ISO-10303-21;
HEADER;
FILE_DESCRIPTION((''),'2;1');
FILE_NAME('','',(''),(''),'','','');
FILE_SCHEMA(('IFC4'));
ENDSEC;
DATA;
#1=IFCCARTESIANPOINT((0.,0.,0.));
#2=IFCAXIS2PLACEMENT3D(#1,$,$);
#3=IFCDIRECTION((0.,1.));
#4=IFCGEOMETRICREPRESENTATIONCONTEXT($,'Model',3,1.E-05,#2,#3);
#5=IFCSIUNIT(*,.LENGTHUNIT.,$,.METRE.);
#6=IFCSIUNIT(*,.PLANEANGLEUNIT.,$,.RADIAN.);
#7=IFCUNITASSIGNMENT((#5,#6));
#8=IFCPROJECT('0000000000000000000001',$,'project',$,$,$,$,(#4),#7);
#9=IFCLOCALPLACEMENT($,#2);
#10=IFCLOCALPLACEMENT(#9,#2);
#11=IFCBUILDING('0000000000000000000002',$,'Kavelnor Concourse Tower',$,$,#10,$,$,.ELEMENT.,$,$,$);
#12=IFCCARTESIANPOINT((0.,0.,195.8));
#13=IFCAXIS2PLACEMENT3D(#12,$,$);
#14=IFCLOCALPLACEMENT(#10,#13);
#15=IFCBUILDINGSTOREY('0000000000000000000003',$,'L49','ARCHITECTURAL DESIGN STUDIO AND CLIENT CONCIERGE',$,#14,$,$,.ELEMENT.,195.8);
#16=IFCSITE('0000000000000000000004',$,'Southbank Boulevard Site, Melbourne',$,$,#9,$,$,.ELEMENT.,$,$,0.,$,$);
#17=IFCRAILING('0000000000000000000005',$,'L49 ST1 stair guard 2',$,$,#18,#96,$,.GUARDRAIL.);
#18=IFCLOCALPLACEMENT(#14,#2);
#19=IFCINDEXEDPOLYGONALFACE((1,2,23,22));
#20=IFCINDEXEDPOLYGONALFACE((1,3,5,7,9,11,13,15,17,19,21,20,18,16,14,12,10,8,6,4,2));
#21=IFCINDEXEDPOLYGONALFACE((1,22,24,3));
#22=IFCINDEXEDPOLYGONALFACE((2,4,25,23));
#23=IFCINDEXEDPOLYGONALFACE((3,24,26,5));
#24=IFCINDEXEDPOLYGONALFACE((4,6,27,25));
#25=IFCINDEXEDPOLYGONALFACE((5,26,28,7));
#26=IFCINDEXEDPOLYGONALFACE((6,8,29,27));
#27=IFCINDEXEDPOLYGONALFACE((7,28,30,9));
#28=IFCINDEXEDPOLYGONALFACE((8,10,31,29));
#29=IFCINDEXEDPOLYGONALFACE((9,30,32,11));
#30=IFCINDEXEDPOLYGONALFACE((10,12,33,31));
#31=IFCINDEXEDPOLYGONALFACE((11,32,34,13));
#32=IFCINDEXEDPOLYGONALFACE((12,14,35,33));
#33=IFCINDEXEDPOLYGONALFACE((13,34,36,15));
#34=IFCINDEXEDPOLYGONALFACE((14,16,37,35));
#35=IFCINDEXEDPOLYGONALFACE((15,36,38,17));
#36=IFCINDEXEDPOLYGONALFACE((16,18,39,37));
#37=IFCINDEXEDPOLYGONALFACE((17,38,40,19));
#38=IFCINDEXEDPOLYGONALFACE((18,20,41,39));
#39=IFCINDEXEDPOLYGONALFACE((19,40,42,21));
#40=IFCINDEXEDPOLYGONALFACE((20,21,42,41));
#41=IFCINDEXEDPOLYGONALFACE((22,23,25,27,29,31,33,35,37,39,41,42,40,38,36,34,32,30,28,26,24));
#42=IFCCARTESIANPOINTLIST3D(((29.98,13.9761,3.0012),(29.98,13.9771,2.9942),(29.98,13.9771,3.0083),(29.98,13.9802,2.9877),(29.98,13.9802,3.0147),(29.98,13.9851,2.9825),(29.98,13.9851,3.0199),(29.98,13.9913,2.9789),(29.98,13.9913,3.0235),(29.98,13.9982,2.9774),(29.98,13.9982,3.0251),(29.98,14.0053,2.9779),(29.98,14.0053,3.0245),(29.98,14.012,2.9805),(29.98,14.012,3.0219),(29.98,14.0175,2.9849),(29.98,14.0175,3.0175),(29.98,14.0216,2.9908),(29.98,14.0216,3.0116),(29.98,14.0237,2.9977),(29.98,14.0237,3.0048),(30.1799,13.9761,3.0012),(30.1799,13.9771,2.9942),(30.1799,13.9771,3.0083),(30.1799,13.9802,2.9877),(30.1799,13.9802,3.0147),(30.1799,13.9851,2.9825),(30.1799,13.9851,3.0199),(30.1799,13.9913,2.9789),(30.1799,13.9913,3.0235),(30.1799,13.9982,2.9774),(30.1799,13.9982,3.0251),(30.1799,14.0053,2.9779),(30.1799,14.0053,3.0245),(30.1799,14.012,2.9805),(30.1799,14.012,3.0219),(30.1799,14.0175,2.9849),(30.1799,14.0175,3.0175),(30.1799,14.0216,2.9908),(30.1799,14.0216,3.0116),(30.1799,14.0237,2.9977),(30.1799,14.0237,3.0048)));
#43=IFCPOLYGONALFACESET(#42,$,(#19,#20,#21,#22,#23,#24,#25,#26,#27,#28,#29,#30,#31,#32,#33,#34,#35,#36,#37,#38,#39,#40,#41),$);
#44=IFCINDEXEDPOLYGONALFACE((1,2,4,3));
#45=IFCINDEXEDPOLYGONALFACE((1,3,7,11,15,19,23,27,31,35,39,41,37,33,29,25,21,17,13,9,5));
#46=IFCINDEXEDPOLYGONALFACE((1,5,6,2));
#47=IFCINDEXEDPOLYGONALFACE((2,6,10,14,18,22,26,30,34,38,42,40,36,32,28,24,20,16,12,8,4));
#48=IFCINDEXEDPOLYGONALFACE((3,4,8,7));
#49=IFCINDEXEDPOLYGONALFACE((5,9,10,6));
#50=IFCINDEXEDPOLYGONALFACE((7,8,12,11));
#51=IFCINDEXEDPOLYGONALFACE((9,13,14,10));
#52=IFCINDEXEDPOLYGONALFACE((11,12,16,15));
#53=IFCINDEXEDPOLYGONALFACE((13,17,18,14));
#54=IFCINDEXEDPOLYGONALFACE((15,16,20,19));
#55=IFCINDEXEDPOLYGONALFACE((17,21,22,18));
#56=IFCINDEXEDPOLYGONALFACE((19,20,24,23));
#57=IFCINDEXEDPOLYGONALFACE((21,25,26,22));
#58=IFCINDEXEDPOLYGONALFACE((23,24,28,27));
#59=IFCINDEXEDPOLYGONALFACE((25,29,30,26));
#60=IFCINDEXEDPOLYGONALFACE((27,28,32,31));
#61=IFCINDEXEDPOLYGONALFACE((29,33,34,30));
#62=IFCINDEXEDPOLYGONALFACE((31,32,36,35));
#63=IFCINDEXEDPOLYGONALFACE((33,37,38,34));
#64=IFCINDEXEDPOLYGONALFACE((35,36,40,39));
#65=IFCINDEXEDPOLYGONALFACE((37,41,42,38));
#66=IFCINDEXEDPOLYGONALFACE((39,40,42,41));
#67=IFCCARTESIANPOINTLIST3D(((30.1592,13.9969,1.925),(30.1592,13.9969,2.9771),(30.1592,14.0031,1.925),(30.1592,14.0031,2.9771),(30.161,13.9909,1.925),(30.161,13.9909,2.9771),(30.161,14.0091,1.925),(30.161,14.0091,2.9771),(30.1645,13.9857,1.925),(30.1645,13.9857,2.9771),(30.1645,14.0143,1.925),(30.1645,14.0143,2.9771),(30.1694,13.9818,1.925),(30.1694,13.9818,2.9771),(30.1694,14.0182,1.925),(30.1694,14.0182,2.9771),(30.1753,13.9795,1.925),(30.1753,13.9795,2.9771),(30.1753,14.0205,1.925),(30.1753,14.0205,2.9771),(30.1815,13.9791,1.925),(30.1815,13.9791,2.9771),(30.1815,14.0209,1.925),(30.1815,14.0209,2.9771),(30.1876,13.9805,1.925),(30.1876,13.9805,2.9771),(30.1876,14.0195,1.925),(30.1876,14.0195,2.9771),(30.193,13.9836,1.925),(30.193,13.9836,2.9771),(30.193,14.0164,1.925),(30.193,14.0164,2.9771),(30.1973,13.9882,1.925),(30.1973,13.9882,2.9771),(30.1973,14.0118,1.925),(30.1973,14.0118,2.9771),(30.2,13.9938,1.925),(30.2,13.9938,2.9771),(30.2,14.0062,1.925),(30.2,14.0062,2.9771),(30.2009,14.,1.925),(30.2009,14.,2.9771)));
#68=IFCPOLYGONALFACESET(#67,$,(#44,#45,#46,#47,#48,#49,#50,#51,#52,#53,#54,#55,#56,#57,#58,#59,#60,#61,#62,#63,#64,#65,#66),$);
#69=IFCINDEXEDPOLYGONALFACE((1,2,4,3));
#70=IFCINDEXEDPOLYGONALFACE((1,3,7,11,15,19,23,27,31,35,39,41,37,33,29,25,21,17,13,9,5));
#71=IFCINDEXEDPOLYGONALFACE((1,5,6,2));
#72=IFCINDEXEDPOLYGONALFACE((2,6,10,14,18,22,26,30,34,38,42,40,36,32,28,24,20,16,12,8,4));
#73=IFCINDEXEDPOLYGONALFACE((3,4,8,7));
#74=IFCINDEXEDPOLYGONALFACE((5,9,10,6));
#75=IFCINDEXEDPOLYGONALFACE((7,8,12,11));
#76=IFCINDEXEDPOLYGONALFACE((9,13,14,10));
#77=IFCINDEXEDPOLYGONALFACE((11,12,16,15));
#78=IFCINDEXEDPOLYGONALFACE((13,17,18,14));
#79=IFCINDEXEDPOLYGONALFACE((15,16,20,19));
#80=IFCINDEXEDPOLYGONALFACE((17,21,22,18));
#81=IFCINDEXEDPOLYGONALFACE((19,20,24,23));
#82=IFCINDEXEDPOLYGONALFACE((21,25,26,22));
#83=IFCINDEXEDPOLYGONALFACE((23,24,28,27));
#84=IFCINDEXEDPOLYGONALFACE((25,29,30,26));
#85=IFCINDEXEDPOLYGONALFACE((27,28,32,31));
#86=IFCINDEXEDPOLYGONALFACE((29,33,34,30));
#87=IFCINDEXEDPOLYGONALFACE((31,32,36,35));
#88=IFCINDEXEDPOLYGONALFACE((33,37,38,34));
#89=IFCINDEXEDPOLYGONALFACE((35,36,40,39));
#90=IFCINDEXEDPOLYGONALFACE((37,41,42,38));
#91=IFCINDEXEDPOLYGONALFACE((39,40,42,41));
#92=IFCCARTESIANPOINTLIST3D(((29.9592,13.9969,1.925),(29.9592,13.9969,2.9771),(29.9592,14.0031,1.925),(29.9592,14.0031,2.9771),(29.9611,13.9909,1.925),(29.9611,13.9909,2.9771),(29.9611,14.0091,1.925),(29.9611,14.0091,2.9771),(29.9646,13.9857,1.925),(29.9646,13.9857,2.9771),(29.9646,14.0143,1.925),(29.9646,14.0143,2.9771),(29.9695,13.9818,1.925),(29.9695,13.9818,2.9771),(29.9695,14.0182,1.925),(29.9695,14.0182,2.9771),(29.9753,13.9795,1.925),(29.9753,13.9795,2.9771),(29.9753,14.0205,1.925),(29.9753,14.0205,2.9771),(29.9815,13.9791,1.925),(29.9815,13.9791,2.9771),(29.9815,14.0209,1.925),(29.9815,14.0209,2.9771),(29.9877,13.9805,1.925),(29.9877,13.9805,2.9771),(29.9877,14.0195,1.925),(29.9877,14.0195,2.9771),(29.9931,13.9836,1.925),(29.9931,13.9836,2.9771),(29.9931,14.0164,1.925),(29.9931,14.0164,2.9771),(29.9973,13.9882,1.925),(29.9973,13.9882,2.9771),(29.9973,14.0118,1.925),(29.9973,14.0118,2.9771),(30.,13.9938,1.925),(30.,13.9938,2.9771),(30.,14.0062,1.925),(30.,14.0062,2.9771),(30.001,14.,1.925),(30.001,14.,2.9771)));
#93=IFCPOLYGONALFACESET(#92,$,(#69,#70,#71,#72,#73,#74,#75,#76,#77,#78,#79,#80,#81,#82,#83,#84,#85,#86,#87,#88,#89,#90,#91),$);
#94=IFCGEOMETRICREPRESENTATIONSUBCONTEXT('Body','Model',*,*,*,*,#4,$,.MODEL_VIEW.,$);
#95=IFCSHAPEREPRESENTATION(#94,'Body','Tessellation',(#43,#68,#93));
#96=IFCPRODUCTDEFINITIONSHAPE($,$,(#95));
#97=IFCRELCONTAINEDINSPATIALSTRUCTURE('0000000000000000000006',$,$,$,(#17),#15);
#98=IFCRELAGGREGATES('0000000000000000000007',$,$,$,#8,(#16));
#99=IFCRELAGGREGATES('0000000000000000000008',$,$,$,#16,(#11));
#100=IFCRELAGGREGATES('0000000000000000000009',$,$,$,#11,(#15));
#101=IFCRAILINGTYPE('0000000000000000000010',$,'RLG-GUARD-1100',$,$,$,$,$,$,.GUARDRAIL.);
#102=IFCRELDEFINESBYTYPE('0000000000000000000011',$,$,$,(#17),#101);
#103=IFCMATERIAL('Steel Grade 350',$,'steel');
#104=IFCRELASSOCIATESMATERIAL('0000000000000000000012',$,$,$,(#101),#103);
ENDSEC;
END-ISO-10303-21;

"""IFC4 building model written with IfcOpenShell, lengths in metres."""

from ifc_helpers import new_model, si_unit, direction, frame, origin, origin_2d, place, context, subcontext, project, spatial, circle, extrude, material, type_object, element, save


model = new_model("IFC4")

# Units and contexts
model_context = context("Model", 3, precision=1e-05, world=origin(), true_north=direction((0.0, 1.0)))
body_context = subcontext(model_context, "Body", "Model", "MODEL_VIEW")
ifc_project = project(units=[si_unit("LENGTHUNIT", "METRE"), si_unit("PLANEANGLEUNIT", "RADIAN")], contexts=[model_context])

# Site, building, storey
site_placement = place(None, origin())
site = spatial("IfcSite", under=ifc_project, at=site_placement, Name="Southbank Boulevard Site, Melbourne", CompositionType="ELEMENT", RefElevation=0.0)
building_placement = place(site_placement, origin())
building = spatial("IfcBuilding", under=site, at=building_placement, Name="Kavelnor Concourse Tower", CompositionType="ELEMENT")
storey_placement = place(building_placement, frame((0.0, 0.0, 195.8)))
storey = spatial("IfcBuildingStorey", under=building, at=storey_placement, Name="L49", Description="ARCHITECTURAL DESIGN STUDIO AND CLIENT CONCIERGE", CompositionType="ELEMENT", Elevation=195.8)

# Shared definitions
ifc_material_1 = material(Name="Steel Grade 350", Category="steel")

# Railing
railing_type_1 = type_object("IfcRailingType", Name="RLG-GUARD-1100", PredefinedType="GUARDRAIL", material=ifc_material_1)
railing_1_placement = place(storey_placement, frame((30.1799, 14.0, 1.925)))
element("IfcRailing", 1, at=railing_1_placement, inside=storey, type_object=railing_type_1, Name="L49 ST1 stair guard 2", PredefinedType="GUARDRAIL", context=body_context, shape_type="SweptSolid", body=[
    extrude(circle(Radius=0.0239, at=origin_2d()), frame((0.0, 0.0, 1.0762), z_axis=(-1.0, 0.0, 0.0), x_axis=(0.0, -1.0, 0.0)), (0.0, 0.0, 1.0), 0.2),
    extrude(circle(Radius=0.021, at=origin_2d()), origin(), (0.0, 0.0, 1.0), 1.052),
    extrude(circle(Radius=0.021, at=origin_2d()), frame((-0.2, 0.0, 0.0)), (0.0, 0.0, 1.0), 1.052),
])

save(model, "model.ifc")
